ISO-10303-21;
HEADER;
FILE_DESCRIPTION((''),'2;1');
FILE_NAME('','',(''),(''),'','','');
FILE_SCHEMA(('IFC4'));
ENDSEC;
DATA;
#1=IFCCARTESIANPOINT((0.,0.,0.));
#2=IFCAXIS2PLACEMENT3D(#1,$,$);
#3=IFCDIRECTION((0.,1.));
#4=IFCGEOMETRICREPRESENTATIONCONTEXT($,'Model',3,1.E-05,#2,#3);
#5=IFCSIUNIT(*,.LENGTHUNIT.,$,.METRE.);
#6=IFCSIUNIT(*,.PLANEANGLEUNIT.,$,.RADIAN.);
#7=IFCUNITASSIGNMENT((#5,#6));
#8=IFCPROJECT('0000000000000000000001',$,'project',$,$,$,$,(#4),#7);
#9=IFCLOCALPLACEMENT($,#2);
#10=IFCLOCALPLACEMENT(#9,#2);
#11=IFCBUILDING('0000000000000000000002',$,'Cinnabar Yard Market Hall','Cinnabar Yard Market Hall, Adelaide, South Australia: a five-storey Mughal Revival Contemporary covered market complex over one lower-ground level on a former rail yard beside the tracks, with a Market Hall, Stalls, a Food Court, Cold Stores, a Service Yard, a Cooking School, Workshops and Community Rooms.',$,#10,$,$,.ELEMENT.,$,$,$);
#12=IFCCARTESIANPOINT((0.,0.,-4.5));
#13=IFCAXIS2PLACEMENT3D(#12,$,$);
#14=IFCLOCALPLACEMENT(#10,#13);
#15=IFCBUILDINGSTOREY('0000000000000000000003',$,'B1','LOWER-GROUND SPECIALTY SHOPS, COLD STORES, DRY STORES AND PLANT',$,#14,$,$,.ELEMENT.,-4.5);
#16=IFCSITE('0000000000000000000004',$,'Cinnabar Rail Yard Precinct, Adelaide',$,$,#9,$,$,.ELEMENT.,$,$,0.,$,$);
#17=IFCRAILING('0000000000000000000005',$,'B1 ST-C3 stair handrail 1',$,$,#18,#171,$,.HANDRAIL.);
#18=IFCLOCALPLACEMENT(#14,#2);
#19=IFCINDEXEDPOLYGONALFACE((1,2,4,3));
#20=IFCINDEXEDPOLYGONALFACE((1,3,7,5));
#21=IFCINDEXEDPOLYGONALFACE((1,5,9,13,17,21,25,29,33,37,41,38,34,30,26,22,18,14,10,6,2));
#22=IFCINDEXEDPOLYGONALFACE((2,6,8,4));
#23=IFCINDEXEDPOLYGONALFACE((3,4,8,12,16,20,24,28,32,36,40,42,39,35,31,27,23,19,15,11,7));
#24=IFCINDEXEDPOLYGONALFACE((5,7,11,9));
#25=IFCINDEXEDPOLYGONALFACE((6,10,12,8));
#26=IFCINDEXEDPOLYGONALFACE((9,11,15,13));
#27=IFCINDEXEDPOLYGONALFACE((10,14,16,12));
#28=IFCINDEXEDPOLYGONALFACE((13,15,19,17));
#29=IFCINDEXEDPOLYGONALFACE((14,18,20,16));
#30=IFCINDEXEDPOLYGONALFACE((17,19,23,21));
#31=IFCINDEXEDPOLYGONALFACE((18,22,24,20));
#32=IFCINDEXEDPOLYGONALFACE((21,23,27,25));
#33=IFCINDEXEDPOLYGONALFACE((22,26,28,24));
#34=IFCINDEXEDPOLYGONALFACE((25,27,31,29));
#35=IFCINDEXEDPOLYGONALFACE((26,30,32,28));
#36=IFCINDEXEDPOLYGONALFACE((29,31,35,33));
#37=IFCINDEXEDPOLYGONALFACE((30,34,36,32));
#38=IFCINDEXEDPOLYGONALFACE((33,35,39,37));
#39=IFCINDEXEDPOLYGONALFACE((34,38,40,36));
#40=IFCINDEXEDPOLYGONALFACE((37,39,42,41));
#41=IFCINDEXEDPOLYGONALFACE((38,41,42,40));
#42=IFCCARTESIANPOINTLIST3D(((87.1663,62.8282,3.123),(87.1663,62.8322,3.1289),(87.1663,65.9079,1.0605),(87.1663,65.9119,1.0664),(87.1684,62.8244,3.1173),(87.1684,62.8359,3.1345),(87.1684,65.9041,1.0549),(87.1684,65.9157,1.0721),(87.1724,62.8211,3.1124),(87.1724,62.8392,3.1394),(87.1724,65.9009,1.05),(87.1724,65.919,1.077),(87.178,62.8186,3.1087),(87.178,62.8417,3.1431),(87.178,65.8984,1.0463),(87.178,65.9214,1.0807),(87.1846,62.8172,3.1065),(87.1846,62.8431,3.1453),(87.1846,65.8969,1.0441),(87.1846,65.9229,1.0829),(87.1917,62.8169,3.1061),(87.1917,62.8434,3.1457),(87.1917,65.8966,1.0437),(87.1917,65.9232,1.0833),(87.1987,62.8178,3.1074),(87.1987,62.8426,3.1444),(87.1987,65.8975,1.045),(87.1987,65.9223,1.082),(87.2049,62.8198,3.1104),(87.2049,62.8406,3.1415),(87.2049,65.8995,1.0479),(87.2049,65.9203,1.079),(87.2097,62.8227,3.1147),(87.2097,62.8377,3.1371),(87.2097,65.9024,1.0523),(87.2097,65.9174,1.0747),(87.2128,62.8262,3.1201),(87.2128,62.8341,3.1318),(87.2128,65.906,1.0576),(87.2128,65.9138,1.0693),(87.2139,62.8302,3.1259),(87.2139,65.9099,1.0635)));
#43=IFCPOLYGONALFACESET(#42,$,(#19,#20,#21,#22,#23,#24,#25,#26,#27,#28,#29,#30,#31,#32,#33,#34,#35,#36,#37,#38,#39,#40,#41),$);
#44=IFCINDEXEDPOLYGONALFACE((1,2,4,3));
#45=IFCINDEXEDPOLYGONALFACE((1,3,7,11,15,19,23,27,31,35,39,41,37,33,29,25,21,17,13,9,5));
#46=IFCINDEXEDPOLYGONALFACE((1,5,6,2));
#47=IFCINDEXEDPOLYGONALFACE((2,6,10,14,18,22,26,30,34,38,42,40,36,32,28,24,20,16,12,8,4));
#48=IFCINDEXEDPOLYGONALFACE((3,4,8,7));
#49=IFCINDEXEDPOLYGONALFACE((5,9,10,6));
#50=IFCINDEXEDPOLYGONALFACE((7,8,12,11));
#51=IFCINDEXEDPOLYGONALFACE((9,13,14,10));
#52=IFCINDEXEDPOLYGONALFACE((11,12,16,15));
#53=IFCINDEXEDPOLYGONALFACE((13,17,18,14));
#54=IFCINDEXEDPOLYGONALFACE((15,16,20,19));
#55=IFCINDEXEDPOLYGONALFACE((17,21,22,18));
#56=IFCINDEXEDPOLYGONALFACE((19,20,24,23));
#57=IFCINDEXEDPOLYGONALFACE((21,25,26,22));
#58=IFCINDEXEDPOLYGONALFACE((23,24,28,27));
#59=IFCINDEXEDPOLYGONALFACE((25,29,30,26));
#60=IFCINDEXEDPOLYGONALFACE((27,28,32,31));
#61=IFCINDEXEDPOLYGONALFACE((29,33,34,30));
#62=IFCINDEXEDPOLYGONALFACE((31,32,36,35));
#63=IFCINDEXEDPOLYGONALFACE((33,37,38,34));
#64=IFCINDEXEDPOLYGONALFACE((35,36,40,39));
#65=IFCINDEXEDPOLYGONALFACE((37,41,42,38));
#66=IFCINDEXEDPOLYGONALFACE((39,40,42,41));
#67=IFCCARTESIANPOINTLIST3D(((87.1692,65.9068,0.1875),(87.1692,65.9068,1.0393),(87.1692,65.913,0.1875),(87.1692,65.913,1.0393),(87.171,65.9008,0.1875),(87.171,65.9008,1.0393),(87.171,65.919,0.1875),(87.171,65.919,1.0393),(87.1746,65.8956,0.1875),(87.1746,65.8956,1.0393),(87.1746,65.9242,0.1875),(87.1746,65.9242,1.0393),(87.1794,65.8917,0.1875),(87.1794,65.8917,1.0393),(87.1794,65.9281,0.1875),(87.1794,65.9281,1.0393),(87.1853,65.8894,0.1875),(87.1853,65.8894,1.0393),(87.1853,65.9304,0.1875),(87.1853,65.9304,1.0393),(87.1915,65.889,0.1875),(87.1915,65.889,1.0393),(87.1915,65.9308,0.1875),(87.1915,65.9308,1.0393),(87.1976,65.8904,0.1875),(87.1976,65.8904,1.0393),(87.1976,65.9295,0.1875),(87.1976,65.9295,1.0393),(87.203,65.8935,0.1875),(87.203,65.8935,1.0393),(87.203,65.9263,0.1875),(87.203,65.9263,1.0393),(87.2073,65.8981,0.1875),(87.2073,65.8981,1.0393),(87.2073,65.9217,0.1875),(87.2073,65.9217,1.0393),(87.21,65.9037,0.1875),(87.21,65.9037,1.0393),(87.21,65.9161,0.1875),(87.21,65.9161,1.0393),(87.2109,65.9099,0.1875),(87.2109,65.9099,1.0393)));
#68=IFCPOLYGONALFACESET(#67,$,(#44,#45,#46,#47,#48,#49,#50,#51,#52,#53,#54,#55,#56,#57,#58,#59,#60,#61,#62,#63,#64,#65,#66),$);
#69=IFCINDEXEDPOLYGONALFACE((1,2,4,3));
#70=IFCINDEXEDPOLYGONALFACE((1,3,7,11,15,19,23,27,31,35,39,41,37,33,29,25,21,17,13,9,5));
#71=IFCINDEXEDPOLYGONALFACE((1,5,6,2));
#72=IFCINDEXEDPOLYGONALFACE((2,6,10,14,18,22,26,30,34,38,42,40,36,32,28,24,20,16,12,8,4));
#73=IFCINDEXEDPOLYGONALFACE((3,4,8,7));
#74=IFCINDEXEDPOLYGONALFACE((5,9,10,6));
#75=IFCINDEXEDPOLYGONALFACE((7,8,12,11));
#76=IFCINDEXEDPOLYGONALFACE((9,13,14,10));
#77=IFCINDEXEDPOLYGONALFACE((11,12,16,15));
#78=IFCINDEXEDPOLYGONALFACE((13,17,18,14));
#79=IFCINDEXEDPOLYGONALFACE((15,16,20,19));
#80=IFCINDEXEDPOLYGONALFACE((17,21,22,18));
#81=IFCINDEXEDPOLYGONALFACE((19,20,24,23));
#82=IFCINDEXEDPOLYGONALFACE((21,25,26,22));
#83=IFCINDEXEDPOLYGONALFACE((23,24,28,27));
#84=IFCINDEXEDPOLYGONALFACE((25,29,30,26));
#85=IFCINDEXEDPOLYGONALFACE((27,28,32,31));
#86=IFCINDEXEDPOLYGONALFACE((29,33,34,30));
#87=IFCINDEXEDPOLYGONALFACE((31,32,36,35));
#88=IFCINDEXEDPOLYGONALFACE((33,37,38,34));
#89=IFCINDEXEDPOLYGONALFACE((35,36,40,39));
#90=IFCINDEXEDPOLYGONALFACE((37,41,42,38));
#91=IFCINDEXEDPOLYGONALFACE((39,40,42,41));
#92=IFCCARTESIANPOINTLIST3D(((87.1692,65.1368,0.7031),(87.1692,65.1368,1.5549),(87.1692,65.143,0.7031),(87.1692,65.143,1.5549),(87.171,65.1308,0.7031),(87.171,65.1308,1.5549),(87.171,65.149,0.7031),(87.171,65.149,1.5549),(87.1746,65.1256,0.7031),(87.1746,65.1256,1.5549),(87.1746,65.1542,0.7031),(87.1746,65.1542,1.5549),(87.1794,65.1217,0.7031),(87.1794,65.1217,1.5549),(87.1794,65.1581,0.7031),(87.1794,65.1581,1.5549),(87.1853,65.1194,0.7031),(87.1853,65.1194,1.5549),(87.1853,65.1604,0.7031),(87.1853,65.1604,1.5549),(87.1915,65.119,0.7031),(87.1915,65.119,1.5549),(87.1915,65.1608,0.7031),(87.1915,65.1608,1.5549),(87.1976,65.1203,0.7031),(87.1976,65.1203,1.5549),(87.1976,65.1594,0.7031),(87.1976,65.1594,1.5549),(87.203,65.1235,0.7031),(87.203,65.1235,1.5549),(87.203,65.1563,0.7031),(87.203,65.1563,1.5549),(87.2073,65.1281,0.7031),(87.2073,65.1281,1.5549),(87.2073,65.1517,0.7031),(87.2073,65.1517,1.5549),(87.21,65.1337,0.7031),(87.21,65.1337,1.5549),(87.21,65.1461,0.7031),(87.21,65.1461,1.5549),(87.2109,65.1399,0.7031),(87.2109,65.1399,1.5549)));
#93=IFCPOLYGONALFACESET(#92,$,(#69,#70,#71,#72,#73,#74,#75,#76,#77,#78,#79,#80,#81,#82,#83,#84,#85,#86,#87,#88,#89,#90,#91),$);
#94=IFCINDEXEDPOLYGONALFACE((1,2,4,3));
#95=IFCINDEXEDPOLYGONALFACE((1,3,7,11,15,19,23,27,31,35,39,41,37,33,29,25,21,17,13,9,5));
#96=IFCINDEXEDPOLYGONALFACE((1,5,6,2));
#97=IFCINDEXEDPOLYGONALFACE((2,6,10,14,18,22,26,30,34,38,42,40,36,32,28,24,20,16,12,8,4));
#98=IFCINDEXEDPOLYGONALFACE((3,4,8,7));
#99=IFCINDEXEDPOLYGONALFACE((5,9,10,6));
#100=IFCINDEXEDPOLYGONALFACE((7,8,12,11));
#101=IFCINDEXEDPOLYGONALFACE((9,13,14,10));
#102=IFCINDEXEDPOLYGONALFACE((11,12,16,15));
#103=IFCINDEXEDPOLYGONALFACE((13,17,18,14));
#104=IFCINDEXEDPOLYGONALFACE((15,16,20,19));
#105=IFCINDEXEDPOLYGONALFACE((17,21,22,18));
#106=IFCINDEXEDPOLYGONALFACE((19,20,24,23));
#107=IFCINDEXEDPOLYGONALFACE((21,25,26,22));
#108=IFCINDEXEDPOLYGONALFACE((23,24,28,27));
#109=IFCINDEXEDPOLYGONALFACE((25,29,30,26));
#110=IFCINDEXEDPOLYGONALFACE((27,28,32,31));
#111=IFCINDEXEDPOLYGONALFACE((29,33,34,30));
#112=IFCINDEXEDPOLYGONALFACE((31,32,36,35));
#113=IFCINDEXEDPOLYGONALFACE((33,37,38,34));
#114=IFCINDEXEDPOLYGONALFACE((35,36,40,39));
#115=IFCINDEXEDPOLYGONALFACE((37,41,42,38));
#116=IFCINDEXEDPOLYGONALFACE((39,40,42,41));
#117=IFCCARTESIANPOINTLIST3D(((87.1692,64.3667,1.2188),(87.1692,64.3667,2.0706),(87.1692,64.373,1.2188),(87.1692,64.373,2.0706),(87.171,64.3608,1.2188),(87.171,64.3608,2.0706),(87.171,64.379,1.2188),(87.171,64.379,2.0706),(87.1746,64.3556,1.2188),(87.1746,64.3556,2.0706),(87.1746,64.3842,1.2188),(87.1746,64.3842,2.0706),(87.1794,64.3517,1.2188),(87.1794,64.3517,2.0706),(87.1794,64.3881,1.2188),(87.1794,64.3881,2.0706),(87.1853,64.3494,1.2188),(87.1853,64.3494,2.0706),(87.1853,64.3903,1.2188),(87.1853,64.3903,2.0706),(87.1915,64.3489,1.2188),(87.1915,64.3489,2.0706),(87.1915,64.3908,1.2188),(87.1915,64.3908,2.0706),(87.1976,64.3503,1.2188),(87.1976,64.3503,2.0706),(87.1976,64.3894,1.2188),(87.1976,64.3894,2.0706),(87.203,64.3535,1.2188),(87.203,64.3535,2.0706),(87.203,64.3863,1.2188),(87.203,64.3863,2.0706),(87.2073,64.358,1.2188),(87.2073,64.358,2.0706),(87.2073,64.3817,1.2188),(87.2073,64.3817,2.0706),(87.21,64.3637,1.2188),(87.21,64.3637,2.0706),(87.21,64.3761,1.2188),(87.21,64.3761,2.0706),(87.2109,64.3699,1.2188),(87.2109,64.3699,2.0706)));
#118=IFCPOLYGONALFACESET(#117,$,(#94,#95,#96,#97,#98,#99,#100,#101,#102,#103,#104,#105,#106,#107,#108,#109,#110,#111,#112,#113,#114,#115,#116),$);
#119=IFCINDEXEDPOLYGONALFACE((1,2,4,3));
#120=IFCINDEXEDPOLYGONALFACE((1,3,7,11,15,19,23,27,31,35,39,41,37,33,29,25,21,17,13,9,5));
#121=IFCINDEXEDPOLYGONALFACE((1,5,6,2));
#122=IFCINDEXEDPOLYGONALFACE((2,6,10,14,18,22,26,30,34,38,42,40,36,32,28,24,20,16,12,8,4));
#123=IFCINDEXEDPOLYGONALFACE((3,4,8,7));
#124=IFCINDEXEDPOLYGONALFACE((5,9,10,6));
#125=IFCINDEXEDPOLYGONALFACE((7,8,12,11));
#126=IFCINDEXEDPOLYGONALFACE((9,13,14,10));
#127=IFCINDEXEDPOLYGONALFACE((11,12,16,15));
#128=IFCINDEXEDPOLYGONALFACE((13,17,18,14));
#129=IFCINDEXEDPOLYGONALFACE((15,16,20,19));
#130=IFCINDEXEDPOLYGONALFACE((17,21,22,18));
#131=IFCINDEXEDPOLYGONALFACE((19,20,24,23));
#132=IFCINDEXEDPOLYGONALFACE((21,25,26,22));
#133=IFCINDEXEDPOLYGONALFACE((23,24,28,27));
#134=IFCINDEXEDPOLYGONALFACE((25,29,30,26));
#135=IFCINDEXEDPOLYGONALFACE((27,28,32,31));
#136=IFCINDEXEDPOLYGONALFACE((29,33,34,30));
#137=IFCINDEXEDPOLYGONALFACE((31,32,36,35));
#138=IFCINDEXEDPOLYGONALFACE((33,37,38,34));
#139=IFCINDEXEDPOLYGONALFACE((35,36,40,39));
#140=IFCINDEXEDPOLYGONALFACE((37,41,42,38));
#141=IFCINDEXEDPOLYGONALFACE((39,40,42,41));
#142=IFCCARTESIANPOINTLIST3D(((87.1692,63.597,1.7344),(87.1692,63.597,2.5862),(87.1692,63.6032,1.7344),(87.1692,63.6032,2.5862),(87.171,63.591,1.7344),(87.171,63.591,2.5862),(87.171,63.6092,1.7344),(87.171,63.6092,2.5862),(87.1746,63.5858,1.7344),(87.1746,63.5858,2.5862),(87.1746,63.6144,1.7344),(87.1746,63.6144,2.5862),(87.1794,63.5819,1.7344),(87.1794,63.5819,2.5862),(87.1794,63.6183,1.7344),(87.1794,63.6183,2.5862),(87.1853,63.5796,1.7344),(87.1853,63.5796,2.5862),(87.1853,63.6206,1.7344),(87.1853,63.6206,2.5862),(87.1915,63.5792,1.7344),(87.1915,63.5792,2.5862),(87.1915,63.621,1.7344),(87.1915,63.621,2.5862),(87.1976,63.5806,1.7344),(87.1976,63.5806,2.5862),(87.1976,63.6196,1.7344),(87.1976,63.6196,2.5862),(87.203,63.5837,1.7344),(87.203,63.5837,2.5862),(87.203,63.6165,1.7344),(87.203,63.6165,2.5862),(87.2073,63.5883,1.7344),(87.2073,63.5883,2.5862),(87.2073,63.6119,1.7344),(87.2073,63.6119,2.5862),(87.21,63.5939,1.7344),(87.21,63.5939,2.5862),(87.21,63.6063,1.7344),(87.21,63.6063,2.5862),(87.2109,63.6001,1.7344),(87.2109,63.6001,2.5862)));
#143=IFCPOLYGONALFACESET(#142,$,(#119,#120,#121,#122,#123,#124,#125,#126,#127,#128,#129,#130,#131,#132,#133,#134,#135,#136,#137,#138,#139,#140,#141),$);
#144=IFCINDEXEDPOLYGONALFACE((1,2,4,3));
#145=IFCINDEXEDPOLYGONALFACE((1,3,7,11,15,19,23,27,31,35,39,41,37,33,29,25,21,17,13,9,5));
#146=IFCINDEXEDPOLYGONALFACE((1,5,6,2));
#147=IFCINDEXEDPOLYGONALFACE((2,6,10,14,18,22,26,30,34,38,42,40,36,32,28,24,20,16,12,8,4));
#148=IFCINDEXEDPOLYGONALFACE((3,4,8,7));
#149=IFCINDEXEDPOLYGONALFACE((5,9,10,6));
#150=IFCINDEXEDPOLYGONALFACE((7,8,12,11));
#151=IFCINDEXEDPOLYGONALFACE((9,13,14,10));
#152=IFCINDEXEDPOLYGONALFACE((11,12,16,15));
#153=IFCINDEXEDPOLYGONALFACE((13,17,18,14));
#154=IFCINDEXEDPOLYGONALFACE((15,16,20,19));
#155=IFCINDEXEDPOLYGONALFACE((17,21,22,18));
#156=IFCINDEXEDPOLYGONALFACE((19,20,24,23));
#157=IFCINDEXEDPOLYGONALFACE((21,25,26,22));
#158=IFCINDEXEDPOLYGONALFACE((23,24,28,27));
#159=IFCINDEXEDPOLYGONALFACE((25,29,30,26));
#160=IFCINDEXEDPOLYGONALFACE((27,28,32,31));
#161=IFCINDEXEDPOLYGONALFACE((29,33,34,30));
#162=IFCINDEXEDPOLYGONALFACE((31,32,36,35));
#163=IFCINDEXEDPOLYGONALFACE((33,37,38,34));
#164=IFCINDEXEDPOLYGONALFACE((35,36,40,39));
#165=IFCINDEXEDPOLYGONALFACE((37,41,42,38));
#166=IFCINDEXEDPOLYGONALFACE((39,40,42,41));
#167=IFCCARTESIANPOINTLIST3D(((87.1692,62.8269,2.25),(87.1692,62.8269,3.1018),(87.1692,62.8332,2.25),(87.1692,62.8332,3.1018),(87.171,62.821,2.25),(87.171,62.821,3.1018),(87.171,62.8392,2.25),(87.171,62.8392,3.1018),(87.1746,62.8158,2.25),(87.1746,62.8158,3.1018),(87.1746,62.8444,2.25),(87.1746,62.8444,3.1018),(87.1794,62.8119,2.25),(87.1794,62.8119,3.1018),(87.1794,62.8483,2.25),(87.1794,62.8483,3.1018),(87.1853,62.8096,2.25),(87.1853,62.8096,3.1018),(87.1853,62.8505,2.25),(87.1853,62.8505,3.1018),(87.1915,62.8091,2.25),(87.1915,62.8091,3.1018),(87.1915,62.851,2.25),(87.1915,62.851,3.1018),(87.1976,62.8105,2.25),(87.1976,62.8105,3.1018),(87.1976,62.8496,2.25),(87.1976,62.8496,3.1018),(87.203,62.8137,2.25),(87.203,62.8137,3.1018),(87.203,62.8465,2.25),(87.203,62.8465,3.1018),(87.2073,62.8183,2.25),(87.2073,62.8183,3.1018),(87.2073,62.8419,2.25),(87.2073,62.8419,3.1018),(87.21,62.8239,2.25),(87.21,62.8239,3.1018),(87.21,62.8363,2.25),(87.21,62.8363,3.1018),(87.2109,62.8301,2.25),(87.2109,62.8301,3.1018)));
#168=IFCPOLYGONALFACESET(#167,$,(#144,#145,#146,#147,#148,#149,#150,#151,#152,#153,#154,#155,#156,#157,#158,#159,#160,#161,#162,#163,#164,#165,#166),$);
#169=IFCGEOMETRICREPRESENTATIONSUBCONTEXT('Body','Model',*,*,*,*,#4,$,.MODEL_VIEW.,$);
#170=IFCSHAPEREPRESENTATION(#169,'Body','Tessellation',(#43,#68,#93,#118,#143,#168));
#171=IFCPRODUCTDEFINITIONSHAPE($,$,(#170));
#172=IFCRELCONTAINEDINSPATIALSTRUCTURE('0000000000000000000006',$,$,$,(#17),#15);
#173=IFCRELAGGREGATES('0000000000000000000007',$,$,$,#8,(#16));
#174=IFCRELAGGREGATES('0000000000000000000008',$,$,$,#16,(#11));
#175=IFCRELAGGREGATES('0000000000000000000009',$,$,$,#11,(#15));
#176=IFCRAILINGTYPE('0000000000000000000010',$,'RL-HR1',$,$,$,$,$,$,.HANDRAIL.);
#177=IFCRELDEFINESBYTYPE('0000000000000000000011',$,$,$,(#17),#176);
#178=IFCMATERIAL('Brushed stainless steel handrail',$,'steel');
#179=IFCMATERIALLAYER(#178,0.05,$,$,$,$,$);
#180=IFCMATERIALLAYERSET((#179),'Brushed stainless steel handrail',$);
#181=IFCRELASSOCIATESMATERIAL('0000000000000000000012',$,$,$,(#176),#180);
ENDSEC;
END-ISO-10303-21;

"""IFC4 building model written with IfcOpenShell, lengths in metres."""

from ifc_helpers import new_model, si_unit, direction, frame, origin, origin_2d_with_axis, place, context, subcontext, project, spatial, circle, extrude, material, layer, layer_set, type_object, element, save


model = new_model("IFC4")

# Units and contexts
model_context = context("Model", 3, precision=1e-05, world=origin(), true_north=direction((0.0, 1.0)))
body_context = subcontext(model_context, "Body", "Model", "MODEL_VIEW")
ifc_project = project(units=[si_unit("LENGTHUNIT", "METRE"), si_unit("PLANEANGLEUNIT", "RADIAN")], contexts=[model_context])

# Site, building, storey
site_placement = place(None, origin())
site = spatial("IfcSite", under=ifc_project, at=site_placement, Name="Cinnabar Rail Yard Precinct, Adelaide", CompositionType="ELEMENT", RefElevation=0.0)
building_placement = place(site_placement, origin())
building = spatial("IfcBuilding", under=site, at=building_placement, Name="Cinnabar Yard Market Hall", Description="Cinnabar Yard Market Hall, Adelaide, South Australia: a five-storey Mughal Revival Contemporary covered market complex over one lower-ground level on a former rail yard beside the tracks, with a Market Hall, Stalls, a Food Court, Cold Stores, a Service Yard, a Cooking School, Workshops and Community Rooms.", CompositionType="ELEMENT")
storey_placement = place(building_placement, frame((0.0, 0.0, -4.5)))
storey = spatial("IfcBuildingStorey", under=building, at=storey_placement, Name="B1", Description="LOWER-GROUND SPECIALTY SHOPS, COLD STORES, DRY STORES AND PLANT", CompositionType="ELEMENT", Elevation=-4.5)

# Railing
ifc_material_1 = material(Name="Brushed stainless steel handrail", Category="steel")
ifc_layer_1 = layer(ifc_material_1, 0.05)
ifc_layer_set_1 = layer_set([ifc_layer_1], Name="Brushed stainless steel handrail")
railing_type_1 = type_object("IfcRailingType", Name="RL-HR1", PredefinedType="HANDRAIL", material=ifc_layer_set_1)
railing_1_placement = place(storey_placement, frame((87.1899, 65.9099, 0.1875)))
element("IfcRailing", 1, at=railing_1_placement, inside=storey, type_object=railing_type_1, Name="B1 ST-C3 stair handrail 1", PredefinedType="HANDRAIL", context=body_context, shape_type="SweptSolid", body=[
    extrude(circle(Radius=0.0239, at=origin_2d_with_axis()), frame((0.0, 0.0, 0.876), z_axis=(0.0, -0.830893, 0.556432), x_axis=(1.0, 0.0, 0.0)), (0.0, 0.0, 1.0), 3.7065),
    extrude(circle(Radius=0.021, at=origin_2d_with_axis()), origin(), (0.0, 0.0, 1.0), 0.8518),
    extrude(circle(Radius=0.021, at=origin_2d_with_axis()), frame((0.0, -0.77, 0.5156)), (0.0, 0.0, 1.0), 0.8518),
    extrude(circle(Radius=0.021, at=origin_2d_with_axis()), frame((0.0, -1.54, 1.0312)), (0.0, 0.0, 1.0), 0.8518),
    extrude(circle(Radius=0.021, at=origin_2d_with_axis()), frame((0.0, -2.3098, 1.5469)), (0.0, 0.0, 1.0), 0.8518),
    extrude(circle(Radius=0.021, at=origin_2d_with_axis()), frame((0.0, -3.0798, 2.0625)), (0.0, 0.0, 1.0), 0.8518),
])

save(model, "model.ifc")
